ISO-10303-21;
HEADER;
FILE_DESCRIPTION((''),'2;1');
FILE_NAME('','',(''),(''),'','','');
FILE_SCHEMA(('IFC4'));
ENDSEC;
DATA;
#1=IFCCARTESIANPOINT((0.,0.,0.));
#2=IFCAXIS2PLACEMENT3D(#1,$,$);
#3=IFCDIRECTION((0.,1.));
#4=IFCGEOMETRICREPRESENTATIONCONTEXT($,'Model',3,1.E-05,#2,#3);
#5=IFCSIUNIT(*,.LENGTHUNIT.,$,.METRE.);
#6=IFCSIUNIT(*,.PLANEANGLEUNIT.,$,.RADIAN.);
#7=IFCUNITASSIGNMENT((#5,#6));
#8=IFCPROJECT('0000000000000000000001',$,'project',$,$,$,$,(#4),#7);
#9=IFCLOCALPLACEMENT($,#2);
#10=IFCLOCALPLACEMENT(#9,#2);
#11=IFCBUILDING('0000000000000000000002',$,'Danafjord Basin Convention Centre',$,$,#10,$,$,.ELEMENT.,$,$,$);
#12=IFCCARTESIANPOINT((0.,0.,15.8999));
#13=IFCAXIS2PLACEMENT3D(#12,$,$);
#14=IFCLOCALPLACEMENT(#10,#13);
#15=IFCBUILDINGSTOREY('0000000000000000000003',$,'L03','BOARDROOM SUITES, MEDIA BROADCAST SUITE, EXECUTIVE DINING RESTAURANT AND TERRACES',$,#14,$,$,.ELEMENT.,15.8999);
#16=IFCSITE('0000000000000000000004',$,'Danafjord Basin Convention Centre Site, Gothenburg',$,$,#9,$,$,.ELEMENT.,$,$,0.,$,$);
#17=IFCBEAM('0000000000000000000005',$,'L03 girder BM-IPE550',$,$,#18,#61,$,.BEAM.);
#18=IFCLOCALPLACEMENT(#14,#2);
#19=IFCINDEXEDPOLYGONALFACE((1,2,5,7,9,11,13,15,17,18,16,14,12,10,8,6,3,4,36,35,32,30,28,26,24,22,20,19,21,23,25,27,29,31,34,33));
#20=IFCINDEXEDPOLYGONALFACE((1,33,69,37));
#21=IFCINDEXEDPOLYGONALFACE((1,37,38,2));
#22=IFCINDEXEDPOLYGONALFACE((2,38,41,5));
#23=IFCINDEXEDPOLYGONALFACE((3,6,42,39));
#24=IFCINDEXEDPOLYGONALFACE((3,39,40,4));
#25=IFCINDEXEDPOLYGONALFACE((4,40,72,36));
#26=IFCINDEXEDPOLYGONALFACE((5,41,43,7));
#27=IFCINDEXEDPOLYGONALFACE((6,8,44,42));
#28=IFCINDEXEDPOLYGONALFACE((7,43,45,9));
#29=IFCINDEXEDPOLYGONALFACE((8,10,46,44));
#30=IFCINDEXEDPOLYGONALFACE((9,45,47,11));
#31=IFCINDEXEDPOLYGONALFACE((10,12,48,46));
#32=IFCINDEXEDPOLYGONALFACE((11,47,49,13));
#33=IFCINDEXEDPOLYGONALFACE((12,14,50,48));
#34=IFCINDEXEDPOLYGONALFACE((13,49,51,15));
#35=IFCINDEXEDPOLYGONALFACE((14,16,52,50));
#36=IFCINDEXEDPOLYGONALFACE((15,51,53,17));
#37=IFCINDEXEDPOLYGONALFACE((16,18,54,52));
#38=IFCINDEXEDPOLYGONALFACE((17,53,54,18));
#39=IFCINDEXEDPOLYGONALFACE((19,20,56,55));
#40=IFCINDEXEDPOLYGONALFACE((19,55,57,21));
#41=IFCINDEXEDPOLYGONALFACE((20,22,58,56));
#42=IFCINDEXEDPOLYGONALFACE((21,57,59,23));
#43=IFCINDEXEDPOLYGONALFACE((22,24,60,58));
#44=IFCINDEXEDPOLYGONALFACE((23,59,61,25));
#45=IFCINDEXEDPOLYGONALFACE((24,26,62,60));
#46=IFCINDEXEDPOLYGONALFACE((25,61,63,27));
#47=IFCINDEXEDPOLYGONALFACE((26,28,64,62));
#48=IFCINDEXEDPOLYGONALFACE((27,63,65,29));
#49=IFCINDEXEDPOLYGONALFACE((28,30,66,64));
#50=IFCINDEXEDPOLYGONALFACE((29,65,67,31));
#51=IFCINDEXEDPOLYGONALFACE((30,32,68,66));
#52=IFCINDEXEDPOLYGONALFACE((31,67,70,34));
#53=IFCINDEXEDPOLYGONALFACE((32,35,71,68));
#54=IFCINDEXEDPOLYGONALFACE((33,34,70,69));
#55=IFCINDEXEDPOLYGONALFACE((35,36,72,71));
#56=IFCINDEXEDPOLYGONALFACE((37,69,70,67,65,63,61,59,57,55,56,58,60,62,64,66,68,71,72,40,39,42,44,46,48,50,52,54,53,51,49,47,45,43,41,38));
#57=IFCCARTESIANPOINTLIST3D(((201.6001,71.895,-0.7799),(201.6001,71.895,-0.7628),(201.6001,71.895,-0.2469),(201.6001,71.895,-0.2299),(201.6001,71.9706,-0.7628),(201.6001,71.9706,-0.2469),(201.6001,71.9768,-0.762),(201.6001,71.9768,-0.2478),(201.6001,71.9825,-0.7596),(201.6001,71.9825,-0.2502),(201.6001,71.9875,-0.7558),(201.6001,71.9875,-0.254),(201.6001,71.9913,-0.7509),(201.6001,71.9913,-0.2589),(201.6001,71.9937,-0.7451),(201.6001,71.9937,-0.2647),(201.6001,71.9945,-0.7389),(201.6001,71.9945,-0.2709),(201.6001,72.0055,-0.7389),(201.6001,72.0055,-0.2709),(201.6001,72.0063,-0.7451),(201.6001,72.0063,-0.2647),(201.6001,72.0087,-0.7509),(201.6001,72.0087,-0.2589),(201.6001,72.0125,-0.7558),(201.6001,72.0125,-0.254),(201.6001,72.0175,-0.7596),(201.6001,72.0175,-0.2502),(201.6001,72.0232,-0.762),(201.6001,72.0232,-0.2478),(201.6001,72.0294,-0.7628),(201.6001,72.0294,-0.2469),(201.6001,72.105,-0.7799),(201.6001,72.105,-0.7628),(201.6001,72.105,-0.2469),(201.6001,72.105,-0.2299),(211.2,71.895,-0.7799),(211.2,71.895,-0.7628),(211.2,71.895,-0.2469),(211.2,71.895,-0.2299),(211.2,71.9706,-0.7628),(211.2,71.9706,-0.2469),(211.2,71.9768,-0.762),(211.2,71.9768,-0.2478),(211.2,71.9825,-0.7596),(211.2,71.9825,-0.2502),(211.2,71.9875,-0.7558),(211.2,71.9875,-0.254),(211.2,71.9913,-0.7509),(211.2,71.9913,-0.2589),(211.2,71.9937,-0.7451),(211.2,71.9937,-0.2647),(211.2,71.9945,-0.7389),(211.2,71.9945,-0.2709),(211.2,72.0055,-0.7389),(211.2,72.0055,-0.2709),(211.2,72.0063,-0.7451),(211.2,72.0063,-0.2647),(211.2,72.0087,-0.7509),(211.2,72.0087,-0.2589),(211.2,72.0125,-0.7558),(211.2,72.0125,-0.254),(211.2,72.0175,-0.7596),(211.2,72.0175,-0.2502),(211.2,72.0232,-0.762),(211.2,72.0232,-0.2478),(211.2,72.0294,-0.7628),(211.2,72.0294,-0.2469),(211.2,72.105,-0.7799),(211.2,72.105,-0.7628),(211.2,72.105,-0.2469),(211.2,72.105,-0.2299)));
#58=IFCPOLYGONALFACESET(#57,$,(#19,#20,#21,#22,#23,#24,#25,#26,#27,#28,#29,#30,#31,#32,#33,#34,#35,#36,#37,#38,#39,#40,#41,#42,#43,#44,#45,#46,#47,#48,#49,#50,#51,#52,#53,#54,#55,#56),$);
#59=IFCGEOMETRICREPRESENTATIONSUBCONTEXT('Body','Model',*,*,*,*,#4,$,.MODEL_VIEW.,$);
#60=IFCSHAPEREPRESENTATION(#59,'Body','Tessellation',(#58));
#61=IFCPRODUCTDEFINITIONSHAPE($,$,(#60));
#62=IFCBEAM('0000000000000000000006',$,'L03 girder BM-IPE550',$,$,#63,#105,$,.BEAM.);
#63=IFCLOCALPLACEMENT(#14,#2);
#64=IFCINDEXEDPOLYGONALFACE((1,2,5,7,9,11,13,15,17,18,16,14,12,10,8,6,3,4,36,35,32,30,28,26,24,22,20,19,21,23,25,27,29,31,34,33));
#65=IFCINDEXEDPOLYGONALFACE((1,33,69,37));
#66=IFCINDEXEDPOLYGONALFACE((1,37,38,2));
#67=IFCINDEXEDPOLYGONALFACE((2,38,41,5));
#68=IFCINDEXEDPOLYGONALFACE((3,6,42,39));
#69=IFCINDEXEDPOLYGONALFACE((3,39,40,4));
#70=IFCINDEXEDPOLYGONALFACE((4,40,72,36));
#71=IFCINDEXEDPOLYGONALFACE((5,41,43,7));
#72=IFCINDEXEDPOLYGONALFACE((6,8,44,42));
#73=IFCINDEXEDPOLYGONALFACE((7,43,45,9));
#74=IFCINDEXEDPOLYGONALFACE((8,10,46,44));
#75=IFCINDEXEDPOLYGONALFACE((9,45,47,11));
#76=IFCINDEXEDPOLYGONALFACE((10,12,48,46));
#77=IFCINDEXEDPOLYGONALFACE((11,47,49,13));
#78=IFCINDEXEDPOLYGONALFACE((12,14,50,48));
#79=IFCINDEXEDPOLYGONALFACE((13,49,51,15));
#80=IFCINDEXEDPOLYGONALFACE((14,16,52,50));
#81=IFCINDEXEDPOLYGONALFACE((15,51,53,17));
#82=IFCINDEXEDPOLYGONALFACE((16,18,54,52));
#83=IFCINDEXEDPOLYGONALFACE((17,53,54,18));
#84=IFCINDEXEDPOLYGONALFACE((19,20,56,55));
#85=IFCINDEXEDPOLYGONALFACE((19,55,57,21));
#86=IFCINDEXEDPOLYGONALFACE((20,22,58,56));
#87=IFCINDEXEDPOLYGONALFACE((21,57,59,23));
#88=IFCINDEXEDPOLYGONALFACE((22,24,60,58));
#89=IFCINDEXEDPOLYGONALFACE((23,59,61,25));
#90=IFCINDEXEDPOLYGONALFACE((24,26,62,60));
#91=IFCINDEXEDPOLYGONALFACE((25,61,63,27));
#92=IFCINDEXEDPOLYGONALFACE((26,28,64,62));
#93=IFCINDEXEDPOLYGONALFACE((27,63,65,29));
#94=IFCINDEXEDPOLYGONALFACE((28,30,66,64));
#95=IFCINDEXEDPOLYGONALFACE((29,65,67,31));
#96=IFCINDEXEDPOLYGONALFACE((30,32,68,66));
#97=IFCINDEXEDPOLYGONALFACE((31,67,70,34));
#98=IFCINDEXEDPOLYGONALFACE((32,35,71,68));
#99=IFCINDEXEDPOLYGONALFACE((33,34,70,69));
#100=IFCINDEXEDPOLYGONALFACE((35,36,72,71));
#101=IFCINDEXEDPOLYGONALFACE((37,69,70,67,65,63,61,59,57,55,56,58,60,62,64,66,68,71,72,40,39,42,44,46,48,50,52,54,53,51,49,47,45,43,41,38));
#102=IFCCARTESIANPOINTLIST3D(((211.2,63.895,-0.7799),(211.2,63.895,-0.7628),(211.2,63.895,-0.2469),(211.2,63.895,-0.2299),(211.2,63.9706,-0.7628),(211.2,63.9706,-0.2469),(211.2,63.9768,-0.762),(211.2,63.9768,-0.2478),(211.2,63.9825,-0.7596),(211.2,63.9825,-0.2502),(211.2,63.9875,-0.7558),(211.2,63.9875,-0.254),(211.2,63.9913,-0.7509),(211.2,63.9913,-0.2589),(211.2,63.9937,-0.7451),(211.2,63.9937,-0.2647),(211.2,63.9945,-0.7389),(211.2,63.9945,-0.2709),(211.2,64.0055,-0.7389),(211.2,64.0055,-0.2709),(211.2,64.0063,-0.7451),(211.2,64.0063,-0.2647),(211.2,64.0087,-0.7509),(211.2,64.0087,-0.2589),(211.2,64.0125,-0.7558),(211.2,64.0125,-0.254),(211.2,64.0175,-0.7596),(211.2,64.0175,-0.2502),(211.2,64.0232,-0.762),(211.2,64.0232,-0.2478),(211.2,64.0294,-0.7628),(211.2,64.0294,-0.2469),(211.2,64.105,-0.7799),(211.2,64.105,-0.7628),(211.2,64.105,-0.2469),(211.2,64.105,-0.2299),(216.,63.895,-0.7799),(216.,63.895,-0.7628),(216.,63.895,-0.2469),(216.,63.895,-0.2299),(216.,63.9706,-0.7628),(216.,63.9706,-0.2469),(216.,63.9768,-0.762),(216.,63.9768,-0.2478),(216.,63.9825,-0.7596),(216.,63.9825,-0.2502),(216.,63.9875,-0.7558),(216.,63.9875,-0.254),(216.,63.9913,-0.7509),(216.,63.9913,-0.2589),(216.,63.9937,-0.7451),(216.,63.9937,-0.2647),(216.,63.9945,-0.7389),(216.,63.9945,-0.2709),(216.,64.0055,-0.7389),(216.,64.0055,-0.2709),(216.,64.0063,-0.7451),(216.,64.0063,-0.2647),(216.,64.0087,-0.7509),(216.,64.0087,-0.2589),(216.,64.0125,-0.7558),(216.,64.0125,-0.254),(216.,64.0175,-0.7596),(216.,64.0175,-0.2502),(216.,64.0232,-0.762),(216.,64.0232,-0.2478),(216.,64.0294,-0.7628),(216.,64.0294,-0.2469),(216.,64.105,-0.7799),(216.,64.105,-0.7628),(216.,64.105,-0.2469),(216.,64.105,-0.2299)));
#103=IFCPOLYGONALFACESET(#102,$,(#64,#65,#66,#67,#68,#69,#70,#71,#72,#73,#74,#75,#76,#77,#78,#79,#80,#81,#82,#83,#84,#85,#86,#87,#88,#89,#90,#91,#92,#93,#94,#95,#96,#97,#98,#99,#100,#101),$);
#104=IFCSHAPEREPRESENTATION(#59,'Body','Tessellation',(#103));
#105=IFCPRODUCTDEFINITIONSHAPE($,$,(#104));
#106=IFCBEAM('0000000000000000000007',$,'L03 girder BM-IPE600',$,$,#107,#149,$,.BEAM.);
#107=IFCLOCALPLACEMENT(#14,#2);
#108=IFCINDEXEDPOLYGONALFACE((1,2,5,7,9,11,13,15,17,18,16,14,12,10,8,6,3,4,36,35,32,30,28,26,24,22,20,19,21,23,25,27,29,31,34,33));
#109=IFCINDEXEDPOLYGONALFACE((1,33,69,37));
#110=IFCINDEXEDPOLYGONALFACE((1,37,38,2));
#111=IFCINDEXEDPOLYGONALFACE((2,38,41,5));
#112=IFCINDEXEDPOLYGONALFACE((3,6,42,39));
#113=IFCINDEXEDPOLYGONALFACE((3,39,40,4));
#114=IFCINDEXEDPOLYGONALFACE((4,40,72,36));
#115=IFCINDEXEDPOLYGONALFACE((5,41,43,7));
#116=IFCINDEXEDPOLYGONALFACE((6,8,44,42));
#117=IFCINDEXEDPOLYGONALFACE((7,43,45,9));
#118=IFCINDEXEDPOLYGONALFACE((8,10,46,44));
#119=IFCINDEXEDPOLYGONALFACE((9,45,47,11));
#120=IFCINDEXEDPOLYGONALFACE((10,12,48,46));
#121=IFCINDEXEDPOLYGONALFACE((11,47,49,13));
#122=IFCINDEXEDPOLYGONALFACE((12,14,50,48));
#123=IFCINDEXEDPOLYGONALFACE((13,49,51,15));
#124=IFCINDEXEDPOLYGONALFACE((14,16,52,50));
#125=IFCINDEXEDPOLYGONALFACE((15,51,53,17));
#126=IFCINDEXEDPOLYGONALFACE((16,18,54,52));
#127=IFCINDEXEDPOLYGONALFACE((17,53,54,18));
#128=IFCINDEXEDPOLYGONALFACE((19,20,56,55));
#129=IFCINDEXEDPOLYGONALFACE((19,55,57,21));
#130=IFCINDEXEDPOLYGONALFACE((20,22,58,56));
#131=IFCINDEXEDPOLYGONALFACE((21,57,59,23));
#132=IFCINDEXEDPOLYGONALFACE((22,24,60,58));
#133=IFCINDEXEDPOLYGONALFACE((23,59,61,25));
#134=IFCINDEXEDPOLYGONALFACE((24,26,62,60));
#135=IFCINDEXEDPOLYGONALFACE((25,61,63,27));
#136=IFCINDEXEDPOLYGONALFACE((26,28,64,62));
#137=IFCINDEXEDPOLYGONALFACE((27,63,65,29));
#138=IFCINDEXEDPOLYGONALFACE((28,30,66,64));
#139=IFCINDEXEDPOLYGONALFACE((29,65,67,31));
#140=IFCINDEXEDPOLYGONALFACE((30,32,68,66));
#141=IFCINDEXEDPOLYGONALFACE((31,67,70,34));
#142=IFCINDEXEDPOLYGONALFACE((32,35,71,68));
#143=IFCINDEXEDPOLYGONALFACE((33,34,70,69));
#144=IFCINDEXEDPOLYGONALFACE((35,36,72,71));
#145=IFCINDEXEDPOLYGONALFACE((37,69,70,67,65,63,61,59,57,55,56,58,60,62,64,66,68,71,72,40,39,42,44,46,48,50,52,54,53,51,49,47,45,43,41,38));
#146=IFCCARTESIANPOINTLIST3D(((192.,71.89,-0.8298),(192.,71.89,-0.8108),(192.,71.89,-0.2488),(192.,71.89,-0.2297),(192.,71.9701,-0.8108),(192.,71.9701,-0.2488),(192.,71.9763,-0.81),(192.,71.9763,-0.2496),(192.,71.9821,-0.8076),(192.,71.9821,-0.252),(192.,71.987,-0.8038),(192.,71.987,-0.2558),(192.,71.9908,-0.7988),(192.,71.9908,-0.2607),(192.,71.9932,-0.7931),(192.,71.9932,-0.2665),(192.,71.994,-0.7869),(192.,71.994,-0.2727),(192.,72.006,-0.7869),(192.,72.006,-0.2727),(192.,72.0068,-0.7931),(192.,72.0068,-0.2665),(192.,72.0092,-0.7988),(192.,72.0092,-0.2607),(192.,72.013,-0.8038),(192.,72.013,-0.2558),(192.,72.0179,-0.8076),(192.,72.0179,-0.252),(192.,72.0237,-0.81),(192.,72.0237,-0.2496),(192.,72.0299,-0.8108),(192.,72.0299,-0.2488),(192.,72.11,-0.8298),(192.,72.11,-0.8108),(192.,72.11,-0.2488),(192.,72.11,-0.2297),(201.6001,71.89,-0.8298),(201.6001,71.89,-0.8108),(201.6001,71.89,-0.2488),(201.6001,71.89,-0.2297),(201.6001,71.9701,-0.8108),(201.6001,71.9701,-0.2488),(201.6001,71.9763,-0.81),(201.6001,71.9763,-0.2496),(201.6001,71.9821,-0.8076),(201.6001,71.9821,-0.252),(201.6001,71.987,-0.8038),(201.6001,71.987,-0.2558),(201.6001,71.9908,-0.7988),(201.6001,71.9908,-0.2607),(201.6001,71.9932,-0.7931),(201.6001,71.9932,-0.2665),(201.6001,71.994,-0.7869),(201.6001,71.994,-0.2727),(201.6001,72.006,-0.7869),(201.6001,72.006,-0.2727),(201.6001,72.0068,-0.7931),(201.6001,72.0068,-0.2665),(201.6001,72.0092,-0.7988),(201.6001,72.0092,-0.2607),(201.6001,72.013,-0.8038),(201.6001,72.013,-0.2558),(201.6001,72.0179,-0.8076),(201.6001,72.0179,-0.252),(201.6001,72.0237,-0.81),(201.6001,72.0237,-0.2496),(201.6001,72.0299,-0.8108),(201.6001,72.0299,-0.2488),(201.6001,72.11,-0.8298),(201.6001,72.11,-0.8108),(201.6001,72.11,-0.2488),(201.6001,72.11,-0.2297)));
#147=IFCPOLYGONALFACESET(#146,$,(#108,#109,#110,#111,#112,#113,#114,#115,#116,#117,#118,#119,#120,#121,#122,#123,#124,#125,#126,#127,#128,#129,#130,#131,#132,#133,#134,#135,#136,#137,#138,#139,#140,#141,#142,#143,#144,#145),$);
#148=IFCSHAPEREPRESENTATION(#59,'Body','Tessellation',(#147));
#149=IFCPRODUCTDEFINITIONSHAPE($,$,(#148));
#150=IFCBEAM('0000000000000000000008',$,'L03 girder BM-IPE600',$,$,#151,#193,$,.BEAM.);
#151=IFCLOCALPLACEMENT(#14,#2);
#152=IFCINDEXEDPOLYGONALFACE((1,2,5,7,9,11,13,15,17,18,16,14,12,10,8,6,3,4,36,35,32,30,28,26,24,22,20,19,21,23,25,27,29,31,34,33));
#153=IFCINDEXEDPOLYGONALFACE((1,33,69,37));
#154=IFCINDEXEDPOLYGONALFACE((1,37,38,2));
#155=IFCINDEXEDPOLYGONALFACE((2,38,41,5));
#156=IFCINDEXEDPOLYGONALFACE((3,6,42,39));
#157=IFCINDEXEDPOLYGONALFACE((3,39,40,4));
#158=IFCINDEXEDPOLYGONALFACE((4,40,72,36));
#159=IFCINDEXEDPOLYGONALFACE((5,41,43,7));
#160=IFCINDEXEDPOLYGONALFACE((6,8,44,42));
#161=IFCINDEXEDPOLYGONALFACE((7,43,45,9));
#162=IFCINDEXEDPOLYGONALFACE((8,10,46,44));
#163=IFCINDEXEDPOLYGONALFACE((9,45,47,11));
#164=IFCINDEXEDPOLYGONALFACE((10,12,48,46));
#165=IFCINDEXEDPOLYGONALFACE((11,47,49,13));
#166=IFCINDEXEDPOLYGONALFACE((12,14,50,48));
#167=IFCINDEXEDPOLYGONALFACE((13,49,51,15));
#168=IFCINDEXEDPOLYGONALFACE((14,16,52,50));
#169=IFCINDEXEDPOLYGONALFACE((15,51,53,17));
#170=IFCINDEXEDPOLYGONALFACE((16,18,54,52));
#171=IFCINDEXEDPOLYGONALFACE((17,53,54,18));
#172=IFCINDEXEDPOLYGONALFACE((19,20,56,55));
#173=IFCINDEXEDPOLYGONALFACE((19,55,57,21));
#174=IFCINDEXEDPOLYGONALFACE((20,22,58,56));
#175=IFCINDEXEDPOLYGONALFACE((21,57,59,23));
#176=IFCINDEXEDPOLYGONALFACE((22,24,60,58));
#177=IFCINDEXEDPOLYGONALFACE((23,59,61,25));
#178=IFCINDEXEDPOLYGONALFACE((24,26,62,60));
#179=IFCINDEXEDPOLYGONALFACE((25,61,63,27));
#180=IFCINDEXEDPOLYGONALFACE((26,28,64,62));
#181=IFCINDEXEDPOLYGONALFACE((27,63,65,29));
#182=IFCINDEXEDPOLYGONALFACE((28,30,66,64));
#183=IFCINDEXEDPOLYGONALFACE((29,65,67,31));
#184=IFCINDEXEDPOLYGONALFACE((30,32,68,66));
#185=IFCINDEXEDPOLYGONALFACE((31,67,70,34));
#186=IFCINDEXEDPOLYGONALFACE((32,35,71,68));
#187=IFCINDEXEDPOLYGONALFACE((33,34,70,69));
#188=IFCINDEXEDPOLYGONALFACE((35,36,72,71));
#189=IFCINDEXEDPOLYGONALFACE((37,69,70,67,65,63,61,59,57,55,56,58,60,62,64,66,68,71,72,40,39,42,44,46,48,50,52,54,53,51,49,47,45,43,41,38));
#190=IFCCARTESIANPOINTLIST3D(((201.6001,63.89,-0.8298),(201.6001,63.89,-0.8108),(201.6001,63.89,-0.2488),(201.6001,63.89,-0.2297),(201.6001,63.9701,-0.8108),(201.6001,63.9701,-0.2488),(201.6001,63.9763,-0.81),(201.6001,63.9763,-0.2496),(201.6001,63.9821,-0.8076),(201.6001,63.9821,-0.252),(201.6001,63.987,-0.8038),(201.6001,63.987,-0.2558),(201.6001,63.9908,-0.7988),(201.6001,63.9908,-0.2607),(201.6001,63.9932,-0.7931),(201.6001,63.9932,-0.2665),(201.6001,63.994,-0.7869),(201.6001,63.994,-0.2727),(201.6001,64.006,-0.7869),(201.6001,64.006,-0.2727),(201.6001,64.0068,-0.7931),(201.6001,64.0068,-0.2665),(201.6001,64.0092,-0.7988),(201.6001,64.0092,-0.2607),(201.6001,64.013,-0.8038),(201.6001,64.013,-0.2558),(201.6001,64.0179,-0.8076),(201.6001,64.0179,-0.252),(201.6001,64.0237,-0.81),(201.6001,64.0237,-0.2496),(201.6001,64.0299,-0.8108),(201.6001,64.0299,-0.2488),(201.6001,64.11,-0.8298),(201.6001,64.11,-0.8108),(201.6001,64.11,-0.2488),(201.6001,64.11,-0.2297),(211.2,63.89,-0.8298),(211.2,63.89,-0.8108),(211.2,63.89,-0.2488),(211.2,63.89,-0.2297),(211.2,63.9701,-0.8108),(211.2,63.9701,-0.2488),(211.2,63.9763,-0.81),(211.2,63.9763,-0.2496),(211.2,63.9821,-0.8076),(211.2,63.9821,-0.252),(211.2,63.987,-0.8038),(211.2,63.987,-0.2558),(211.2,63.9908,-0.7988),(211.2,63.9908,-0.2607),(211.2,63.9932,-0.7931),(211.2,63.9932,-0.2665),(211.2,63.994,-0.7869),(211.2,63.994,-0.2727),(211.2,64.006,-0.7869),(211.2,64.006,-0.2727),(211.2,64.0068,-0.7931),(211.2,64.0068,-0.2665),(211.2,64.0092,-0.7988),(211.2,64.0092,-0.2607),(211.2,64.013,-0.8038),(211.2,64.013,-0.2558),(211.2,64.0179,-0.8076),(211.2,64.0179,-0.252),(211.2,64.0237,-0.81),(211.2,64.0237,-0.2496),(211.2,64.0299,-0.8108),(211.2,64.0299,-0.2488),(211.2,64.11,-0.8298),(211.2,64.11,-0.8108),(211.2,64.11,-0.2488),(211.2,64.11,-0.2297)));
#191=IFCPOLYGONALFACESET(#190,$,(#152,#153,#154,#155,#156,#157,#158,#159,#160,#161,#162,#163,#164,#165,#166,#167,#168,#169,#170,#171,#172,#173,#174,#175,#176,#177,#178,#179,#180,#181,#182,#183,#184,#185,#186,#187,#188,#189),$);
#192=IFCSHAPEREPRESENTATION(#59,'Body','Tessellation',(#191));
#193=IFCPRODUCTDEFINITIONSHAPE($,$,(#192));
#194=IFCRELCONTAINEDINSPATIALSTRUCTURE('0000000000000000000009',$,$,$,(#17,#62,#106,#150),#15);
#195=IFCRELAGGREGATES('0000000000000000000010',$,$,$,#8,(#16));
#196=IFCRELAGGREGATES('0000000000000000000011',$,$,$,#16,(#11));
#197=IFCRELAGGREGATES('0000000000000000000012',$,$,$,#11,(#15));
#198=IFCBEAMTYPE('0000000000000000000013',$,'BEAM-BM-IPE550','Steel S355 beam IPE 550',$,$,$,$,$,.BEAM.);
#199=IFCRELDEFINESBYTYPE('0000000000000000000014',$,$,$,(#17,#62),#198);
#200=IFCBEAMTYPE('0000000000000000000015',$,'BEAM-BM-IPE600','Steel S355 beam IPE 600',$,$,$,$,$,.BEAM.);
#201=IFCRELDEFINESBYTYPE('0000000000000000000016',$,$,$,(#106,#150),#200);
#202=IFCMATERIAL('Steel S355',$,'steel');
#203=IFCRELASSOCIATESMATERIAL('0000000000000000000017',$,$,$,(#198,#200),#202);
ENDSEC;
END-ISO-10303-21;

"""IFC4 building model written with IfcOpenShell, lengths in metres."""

from ifc_helpers import new_model, si_unit, direction, frame, origin, origin_2d, place, context, subcontext, project, spatial, i_section, extrude, material, material_profile, profile_set, type_object, element, save


model = new_model("IFC4")

# Units and contexts
model_context = context("Model", 3, precision=1e-05, world=origin(), true_north=direction((0.0, 1.0)))
body_context = subcontext(model_context, "Body", "Model", "MODEL_VIEW")
ifc_project = project(units=[si_unit("LENGTHUNIT", "METRE"), si_unit("PLANEANGLEUNIT", "RADIAN")], contexts=[model_context])

# Site, building, storey
site_placement = place(None, origin())
site = spatial("IfcSite", under=ifc_project, at=site_placement, Name="Danafjord Basin Convention Centre Site, Gothenburg", CompositionType="ELEMENT", RefElevation=0.0)
building_placement = place(site_placement, origin())
building = spatial("IfcBuilding", under=site, at=building_placement, Name="Danafjord Basin Convention Centre", CompositionType="ELEMENT")
storey_placement = place(building_placement, frame((0.0, 0.0, 15.8999)))
storey = spatial("IfcBuildingStorey", under=building, at=storey_placement, Name="L03", Description="BOARDROOM SUITES, MEDIA BROADCAST SUITE, EXECUTIVE DINING RESTAURANT AND TERRACES", CompositionType="ELEMENT", Elevation=15.8999)

# Shared definitions
ifc_material_1 = material(Name="Steel S355", Category="steel")

# Beams
ifc_material_profile_1 = material_profile(ifc_material_1, i_section(OverallWidth=0.21, OverallDepth=0.55, WebThickness=0.011, FlangeThickness=0.0171, FilletRadius=0.0239, at=origin_2d()), Name="IPE 550")
ifc_profile_set_1 = profile_set([ifc_material_profile_1], Name="Steel S355")
beam_type_1 = type_object("IfcBeamType", Name="BEAM-BM-IPE550", Description="Steel S355 beam IPE 550", PredefinedType="BEAM", material=ifc_profile_set_1)
beam_1_placement = place(storey_placement, frame((201.6001, 72.0, -0.5049), z_axis=(1.0, 0.0, 0.0), x_axis=(0.0, 1.0, 0.0)))
element("IfcBeam", 1, at=beam_1_placement, inside=storey, type_object=beam_type_1, Name="L03 girder BM-IPE550", PredefinedType="BEAM", context=body_context, shape_type="SweptSolid", body=[
    extrude(i_section(OverallWidth=0.21, OverallDepth=0.55, WebThickness=0.011, FlangeThickness=0.0171, FilletRadius=0.0239, at=origin_2d()), origin(), (0.0, 0.0, 1.0), 9.5999),
])
beam_2_placement = place(storey_placement, frame((211.2, 64.0, -0.5049), z_axis=(1.0, 0.0, 0.0), x_axis=(0.0, 1.0, 0.0)))
element("IfcBeam", 2, at=beam_2_placement, inside=storey, type_object=beam_type_1, Name="L03 girder BM-IPE550", PredefinedType="BEAM", context=body_context, shape_type="SweptSolid", body=[
    extrude(i_section(OverallWidth=0.21, OverallDepth=0.55, WebThickness=0.011, FlangeThickness=0.0171, FilletRadius=0.0239, at=origin_2d()), origin(), (0.0, 0.0, 1.0), 4.8),
])
ifc_material_profile_2 = material_profile(ifc_material_1, i_section(OverallWidth=0.22, OverallDepth=0.6001, WebThickness=0.012, FlangeThickness=0.019, FilletRadius=0.0239, at=origin_2d()), Name="IPE 600")
ifc_profile_set_2 = profile_set([ifc_material_profile_2], Name="Steel S355")
beam_type_2 = type_object("IfcBeamType", Name="BEAM-BM-IPE600", Description="Steel S355 beam IPE 600", PredefinedType="BEAM", material=ifc_profile_set_2)
beam_3_placement = place(storey_placement, frame((192.0, 72.0, -0.5298), z_axis=(1.0, 0.0, 0.0), x_axis=(0.0, 1.0, 0.0)))
element("IfcBeam", 3, at=beam_3_placement, inside=storey, type_object=beam_type_2, Name="L03 girder BM-IPE600", PredefinedType="BEAM", context=body_context, shape_type="SweptSolid", body=[
    extrude(i_section(OverallWidth=0.22, OverallDepth=0.6001, WebThickness=0.012, FlangeThickness=0.019, FilletRadius=0.0239, at=origin_2d()), origin(), (0.0, 0.0, 1.0), 9.6001),
])
beam_4_placement = place(storey_placement, frame((201.6001, 64.0, -0.5298), z_axis=(1.0, 0.0, 0.0), x_axis=(0.0, 1.0, 0.0)))
element("IfcBeam", 4, at=beam_4_placement, inside=storey, type_object=beam_type_2, Name="L03 girder BM-IPE600", PredefinedType="BEAM", context=body_context, shape_type="SweptSolid", body=[
    extrude(i_section(OverallWidth=0.22, OverallDepth=0.6001, WebThickness=0.012, FlangeThickness=0.019, FilletRadius=0.0239, at=origin_2d()), origin(), (0.0, 0.0, 1.0), 9.5999),
])

save(model, "model.ifc")
